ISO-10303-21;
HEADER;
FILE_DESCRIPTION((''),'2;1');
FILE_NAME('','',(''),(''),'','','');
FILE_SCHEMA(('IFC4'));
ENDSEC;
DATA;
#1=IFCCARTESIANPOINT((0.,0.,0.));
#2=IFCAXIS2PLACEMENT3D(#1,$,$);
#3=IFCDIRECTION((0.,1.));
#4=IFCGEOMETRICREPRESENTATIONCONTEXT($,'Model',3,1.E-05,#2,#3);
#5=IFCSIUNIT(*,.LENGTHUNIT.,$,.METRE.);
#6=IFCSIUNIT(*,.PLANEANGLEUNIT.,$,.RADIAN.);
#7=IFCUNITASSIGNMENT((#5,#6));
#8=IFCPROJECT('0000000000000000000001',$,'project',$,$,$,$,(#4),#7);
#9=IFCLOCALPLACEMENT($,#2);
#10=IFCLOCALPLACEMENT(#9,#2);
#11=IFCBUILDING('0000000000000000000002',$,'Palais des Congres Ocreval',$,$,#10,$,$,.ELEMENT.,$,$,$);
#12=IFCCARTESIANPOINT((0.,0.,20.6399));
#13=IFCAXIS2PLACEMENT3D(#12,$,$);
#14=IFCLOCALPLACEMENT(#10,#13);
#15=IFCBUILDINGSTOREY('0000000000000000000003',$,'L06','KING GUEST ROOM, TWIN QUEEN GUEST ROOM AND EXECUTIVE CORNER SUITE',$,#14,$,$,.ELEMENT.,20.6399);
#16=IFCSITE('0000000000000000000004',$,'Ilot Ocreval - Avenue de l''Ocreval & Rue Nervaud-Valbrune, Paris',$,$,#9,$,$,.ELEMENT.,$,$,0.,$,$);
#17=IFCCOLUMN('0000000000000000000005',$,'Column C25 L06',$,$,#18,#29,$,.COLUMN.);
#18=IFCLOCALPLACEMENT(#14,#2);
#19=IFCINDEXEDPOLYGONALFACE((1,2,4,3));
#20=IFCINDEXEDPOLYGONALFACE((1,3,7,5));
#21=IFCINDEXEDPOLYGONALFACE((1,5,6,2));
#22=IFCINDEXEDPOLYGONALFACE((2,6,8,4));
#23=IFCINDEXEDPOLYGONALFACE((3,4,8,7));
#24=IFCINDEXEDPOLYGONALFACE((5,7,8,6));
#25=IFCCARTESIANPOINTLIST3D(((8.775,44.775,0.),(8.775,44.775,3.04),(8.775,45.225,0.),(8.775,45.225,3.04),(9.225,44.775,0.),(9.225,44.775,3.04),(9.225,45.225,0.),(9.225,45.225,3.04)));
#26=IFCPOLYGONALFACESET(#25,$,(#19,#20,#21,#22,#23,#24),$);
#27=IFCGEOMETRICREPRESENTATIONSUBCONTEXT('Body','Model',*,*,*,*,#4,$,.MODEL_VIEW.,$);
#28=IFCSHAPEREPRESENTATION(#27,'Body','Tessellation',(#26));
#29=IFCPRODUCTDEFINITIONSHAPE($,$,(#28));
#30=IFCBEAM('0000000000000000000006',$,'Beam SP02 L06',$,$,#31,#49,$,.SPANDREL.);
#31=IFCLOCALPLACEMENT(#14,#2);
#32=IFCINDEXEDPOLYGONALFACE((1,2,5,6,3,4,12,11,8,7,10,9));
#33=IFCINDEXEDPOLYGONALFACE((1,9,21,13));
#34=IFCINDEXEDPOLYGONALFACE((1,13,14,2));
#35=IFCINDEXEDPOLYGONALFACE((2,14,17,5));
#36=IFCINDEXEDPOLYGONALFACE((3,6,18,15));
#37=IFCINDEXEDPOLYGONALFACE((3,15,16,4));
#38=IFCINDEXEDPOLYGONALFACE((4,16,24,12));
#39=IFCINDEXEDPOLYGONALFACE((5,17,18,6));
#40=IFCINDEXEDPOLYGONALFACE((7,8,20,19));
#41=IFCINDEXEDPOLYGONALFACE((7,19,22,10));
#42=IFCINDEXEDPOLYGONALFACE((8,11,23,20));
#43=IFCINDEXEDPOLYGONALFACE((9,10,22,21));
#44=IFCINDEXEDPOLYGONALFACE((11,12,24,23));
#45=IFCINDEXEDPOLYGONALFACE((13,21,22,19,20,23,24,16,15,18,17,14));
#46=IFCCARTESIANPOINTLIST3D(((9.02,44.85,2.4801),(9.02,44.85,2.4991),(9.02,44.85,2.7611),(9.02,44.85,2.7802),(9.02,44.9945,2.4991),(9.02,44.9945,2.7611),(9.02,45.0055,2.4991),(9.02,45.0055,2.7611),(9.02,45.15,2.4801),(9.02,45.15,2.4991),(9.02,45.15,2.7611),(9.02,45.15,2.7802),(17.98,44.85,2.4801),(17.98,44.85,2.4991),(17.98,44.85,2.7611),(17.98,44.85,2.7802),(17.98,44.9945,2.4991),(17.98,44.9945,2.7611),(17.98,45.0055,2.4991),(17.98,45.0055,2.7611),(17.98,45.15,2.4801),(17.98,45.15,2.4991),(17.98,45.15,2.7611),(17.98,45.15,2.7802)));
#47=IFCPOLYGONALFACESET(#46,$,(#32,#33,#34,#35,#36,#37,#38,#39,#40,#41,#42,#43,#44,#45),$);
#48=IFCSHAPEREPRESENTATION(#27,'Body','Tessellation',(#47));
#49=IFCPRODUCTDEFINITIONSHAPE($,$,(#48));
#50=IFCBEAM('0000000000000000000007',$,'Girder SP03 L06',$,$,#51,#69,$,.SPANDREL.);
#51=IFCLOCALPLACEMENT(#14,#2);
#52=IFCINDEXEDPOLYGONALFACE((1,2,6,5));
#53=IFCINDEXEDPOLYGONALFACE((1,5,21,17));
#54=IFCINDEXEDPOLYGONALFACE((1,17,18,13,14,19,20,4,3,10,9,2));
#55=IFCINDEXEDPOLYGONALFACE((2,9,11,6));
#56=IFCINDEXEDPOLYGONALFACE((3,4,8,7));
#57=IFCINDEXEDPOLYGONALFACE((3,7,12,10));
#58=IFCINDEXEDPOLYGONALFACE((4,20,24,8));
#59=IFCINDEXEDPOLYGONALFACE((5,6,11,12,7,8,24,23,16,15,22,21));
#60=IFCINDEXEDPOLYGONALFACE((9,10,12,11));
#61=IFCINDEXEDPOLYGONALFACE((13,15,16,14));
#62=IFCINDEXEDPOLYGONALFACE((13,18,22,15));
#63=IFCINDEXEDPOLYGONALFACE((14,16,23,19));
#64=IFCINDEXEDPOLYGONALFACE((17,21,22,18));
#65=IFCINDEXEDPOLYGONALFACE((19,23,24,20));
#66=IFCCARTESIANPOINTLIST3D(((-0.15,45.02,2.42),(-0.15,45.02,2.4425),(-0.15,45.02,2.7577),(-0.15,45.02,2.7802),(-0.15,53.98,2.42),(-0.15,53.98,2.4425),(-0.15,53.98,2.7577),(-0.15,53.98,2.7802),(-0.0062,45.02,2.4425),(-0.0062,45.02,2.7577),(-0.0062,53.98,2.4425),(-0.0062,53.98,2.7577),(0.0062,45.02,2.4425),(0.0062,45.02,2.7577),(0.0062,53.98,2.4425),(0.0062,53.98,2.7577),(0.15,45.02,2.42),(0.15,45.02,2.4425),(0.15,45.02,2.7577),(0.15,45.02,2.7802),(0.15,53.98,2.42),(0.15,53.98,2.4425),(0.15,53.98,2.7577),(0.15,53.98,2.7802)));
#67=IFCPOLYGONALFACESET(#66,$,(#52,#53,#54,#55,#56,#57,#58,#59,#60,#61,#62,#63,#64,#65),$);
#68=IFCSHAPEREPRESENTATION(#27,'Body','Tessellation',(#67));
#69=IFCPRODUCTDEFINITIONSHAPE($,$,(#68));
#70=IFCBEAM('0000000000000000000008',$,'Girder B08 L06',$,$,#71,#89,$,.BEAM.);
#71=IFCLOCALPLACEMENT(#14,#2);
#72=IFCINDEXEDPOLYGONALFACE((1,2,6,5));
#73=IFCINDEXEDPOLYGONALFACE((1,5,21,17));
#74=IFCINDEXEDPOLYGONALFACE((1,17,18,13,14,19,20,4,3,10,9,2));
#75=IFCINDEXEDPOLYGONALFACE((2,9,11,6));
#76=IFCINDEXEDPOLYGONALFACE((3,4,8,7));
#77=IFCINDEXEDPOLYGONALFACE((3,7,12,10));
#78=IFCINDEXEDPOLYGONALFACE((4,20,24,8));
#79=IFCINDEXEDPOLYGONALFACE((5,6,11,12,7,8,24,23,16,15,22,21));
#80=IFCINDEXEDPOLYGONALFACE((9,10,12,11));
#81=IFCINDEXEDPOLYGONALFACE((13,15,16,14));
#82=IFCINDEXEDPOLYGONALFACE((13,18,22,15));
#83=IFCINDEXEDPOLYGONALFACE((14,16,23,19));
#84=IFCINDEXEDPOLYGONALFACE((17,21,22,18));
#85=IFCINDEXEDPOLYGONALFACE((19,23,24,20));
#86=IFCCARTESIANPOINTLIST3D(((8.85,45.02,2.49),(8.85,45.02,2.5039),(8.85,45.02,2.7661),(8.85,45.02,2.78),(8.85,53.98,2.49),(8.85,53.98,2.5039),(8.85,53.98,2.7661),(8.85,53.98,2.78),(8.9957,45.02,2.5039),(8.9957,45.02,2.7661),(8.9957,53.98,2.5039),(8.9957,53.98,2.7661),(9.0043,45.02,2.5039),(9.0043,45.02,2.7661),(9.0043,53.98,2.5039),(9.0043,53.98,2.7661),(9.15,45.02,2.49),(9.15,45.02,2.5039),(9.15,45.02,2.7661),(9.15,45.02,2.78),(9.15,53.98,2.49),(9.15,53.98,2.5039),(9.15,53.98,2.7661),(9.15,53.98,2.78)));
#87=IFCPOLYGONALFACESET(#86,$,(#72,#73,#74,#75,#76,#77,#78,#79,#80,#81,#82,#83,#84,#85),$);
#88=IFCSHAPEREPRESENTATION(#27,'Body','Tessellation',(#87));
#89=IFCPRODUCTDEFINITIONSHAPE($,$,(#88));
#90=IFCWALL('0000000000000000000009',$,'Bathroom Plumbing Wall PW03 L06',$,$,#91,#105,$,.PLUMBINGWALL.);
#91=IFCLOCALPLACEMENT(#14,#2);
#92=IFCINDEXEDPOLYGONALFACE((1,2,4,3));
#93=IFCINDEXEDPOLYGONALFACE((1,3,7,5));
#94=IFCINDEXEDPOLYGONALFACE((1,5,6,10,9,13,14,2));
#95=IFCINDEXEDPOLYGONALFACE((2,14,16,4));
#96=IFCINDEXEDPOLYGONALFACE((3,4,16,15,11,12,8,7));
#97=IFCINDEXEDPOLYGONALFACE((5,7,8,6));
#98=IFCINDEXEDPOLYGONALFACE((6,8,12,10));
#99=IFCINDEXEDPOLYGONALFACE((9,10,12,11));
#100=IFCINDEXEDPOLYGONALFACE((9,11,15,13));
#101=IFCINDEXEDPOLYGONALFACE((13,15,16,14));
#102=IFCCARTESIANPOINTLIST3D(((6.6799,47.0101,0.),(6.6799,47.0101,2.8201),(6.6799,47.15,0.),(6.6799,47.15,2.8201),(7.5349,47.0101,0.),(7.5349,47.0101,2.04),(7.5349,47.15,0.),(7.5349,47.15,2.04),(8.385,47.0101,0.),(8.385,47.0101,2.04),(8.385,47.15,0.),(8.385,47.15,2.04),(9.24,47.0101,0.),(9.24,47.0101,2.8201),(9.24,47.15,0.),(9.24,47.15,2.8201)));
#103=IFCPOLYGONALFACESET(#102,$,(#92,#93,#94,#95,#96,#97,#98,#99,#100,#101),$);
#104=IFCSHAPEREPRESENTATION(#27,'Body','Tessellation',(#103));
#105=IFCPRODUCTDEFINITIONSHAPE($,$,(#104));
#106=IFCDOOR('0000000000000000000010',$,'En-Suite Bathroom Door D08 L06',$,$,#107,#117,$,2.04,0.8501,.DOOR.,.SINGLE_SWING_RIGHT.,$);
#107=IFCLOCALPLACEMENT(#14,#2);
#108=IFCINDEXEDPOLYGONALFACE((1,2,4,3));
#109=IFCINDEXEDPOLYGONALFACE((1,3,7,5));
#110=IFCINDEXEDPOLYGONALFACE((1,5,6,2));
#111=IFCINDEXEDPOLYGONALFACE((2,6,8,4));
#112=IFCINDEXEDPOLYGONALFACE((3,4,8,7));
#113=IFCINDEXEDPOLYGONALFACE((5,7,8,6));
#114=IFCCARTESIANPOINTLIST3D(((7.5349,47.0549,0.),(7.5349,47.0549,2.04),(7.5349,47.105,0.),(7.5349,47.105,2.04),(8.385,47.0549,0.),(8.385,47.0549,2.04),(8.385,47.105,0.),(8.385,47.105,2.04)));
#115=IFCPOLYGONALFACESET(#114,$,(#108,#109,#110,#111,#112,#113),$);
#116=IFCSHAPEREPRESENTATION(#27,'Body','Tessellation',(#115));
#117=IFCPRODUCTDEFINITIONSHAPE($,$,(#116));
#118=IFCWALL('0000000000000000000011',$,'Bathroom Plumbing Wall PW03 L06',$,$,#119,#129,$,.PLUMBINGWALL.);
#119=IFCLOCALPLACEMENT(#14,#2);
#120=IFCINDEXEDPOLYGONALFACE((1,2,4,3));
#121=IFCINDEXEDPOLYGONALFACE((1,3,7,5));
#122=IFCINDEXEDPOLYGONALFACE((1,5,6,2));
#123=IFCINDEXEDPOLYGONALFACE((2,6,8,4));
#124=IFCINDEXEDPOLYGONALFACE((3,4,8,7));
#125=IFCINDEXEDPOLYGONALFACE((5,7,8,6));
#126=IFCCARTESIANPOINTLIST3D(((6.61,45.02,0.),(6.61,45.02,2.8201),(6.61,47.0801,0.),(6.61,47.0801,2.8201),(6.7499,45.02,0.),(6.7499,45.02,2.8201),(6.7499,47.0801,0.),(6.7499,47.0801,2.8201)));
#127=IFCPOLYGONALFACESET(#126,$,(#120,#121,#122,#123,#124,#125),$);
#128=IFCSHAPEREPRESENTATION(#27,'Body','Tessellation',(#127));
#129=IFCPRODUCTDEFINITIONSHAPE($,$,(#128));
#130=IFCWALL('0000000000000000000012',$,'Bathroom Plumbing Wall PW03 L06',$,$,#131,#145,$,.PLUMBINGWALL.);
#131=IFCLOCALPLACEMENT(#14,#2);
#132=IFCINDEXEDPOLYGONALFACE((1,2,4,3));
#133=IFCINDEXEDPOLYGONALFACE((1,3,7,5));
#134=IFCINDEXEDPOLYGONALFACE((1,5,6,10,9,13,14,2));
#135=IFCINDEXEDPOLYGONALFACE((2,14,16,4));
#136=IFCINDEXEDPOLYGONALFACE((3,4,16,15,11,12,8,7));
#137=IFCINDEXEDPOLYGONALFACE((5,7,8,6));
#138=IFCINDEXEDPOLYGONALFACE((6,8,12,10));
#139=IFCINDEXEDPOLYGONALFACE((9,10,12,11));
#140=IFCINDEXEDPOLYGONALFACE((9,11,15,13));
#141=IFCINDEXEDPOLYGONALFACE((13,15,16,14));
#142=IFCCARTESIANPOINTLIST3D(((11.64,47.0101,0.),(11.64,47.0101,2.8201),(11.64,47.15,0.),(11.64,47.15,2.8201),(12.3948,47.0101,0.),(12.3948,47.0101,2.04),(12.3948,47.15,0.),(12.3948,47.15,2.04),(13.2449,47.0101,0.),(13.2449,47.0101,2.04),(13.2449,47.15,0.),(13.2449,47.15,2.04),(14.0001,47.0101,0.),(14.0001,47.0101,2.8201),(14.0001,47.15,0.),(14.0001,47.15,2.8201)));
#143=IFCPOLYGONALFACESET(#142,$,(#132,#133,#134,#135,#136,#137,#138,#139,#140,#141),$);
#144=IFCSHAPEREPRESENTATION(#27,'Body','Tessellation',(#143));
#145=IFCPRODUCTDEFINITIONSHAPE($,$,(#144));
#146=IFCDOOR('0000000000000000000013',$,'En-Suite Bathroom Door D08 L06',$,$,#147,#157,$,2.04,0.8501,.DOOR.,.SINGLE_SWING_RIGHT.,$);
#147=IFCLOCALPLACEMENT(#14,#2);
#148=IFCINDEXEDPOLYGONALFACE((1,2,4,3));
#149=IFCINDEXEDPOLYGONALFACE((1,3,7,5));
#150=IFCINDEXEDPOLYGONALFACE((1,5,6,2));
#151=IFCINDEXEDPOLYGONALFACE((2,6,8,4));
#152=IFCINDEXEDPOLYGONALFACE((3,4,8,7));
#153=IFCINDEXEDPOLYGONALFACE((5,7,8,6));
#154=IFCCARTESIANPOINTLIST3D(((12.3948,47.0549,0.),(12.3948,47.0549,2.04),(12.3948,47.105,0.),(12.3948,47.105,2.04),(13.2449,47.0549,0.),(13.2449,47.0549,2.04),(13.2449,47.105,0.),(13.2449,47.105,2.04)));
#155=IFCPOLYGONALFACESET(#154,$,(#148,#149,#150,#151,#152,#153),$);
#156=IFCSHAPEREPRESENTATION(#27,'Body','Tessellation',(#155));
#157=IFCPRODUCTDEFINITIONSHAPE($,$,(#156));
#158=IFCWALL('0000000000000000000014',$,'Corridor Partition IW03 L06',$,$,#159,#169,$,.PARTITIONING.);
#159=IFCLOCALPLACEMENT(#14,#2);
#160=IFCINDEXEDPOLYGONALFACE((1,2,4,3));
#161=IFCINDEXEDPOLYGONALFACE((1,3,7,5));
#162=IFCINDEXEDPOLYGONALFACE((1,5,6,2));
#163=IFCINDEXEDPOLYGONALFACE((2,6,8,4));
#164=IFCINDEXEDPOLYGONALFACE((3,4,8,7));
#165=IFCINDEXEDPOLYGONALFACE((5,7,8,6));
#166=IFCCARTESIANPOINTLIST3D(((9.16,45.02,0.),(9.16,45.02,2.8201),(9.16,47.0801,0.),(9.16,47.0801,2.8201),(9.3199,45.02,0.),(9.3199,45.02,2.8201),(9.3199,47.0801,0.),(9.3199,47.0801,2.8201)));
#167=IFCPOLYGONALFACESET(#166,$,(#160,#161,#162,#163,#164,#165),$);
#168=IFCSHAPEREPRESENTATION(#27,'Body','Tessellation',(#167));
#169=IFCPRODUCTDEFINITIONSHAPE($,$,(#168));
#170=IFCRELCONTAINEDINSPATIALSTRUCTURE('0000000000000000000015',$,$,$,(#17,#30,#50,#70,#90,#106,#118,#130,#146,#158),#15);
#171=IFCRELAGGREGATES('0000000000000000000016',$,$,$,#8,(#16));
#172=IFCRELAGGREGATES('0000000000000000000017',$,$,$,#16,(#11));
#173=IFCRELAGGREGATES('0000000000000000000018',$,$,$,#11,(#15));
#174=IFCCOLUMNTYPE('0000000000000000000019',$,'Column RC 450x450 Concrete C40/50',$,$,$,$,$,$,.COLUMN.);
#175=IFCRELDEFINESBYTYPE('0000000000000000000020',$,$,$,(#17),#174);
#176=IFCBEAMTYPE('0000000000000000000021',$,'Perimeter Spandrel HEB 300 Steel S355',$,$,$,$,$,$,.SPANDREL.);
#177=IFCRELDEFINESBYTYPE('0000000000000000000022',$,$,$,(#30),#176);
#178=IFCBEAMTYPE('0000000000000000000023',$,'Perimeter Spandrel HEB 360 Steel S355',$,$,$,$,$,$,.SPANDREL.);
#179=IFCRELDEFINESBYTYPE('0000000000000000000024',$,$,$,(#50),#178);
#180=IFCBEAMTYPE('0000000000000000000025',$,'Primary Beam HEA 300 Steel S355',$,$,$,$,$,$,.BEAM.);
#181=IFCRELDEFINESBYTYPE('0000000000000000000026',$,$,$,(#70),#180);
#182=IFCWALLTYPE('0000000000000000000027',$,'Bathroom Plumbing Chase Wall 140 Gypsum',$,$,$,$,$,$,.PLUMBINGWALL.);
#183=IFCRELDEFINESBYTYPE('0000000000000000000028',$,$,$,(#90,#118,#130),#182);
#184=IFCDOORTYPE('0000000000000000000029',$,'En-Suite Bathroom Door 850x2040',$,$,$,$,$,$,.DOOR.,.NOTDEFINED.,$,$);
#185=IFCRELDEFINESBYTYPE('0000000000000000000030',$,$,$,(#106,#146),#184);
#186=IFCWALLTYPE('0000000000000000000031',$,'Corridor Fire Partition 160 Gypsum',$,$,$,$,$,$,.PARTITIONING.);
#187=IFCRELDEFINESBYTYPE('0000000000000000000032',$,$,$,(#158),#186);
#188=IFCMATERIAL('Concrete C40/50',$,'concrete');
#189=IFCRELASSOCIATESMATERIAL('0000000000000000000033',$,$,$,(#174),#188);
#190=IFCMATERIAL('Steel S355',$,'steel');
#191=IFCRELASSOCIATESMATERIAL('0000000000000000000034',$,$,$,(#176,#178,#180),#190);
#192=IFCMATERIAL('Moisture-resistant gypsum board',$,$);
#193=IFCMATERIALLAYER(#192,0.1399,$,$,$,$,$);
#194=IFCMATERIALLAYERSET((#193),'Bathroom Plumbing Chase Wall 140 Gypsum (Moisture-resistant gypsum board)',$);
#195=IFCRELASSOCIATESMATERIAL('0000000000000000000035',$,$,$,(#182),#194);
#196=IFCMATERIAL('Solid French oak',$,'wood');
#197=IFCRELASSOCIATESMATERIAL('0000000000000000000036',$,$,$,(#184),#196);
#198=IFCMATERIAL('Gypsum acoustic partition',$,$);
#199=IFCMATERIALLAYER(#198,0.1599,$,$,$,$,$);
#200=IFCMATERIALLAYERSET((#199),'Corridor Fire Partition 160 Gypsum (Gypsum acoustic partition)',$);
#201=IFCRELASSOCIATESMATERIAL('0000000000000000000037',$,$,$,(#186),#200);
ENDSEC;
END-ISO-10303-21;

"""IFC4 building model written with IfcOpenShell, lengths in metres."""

from ifc_helpers import new_model, si_unit, direction, frame, frame_2d, origin, origin_2d, place, context, subcontext, project, spatial, rectangle, i_section, extrude, material, layer, layer_set, material_profile, profile_set, type_object, element, fill, save


model = new_model("IFC4")

# Units and contexts
model_context = context("Model", 3, precision=1e-05, world=origin(), true_north=direction((0.0, 1.0)))
body_context = subcontext(model_context, "Body", "Model", "MODEL_VIEW")
ifc_project = project(units=[si_unit("LENGTHUNIT", "METRE"), si_unit("PLANEANGLEUNIT", "RADIAN")], contexts=[model_context])

# Site, building, storey
site_placement = place(None, origin())
site = spatial("IfcSite", under=ifc_project, at=site_placement, Name="Ilot Ocreval - Avenue de l'Ocreval & Rue Nervaud-Valbrune, Paris", CompositionType="ELEMENT", RefElevation=0.0)
building_placement = place(site_placement, origin())
building = spatial("IfcBuilding", under=site, at=building_placement, Name="Palais des Congres Ocreval", CompositionType="ELEMENT")
storey_placement = place(building_placement, frame((0.0, 0.0, 20.6399)))
storey = spatial("IfcBuildingStorey", under=building, at=storey_placement, Name="L06", Description="KING GUEST ROOM, TWIN QUEEN GUEST ROOM AND EXECUTIVE CORNER SUITE", CompositionType="ELEMENT", Elevation=20.6399)

# Column
ifc_material_1 = material(Name="Concrete C40/50", Category="concrete")
ifc_material_profile_1 = material_profile(ifc_material_1, rectangle(XDim=0.45, YDim=0.45, at=origin_2d()), Name="RC 450x450")
ifc_profile_set_1 = profile_set([ifc_material_profile_1], Name="Concrete C40/50")
column_type = type_object("IfcColumnType", Name="Column RC 450x450 Concrete C40/50", PredefinedType="COLUMN", material=ifc_profile_set_1)
column_placement = place(storey_placement, frame((9.0, 45.0, 0.0), z_axis=(0.0, 0.0, 1.0), x_axis=(1.0, 0.0, 0.0)))
element("IfcColumn", 1, at=column_placement, inside=storey, type_object=column_type, Name="Column C25 L06", PredefinedType="COLUMN", context=body_context, shape_type="SweptSolid", body=[
    extrude(rectangle(XDim=0.45, YDim=0.45, at=origin_2d()), origin(), (0.0, 0.0, 1.0), 3.04),
])

# Beams
ifc_material_2 = material(Name="Steel S355", Category="steel")
ifc_material_profile_2 = material_profile(ifc_material_2, i_section(OverallWidth=0.3, OverallDepth=0.3, WebThickness=0.011, FlangeThickness=0.019, at=origin_2d()), Name="HEB 300")
ifc_profile_set_2 = profile_set([ifc_material_profile_2], Name="Steel S355")
beam_type_1 = type_object("IfcBeamType", Name="Perimeter Spandrel HEB 300 Steel S355", PredefinedType="SPANDREL", material=ifc_profile_set_2)
beam_1_placement = place(storey_placement, frame((9.02, 45.0, 2.6301), z_axis=(1.0, 0.0, 0.0), x_axis=(0.0, 1.0, 0.0)))
element("IfcBeam", 2, at=beam_1_placement, inside=storey, type_object=beam_type_1, Name="Beam SP02 L06", PredefinedType="SPANDREL", context=body_context, shape_type="SweptSolid", body=[
    extrude(i_section(OverallWidth=0.3, OverallDepth=0.3, WebThickness=0.011, FlangeThickness=0.019, at=origin_2d()), origin(), (0.0, 0.0, 1.0), 8.96),
])
ifc_material_profile_3 = material_profile(ifc_material_2, i_section(OverallWidth=0.3, OverallDepth=0.3601, WebThickness=0.0125, FlangeThickness=0.0225, at=origin_2d()), Name="HEB 360")
ifc_profile_set_3 = profile_set([ifc_material_profile_3], Name="Steel S355")
beam_type_2 = type_object("IfcBeamType", Name="Perimeter Spandrel HEB 360 Steel S355", PredefinedType="SPANDREL", material=ifc_profile_set_3)
beam_2_placement = place(storey_placement, frame((0.0, 45.02, 2.6001), z_axis=(0.0, 1.0, 0.0), x_axis=(-1.0, 0.0, 0.0)))
element("IfcBeam", 3, at=beam_2_placement, inside=storey, type_object=beam_type_2, Name="Girder SP03 L06", PredefinedType="SPANDREL", context=body_context, shape_type="SweptSolid", body=[
    extrude(i_section(OverallWidth=0.3, OverallDepth=0.3601, WebThickness=0.0125, FlangeThickness=0.0225, at=origin_2d()), origin(), (0.0, 0.0, 1.0), 8.96),
])
ifc_material_profile_4 = material_profile(ifc_material_2, i_section(OverallWidth=0.3, OverallDepth=0.29, WebThickness=0.0085, FlangeThickness=0.0139, at=origin_2d()), Name="HEA 300")
ifc_profile_set_4 = profile_set([ifc_material_profile_4], Name="Steel S355")
beam_type_3 = type_object("IfcBeamType", Name="Primary Beam HEA 300 Steel S355", PredefinedType="BEAM", material=ifc_profile_set_4)
beam_3_placement = place(storey_placement, frame((9.0, 45.02, 2.635), z_axis=(0.0, 1.0, 0.0), x_axis=(-1.0, 0.0, 0.0)))
element("IfcBeam", 4, at=beam_3_placement, inside=storey, type_object=beam_type_3, Name="Girder B08 L06", PredefinedType="BEAM", context=body_context, shape_type="SweptSolid", body=[
    extrude(i_section(OverallWidth=0.3, OverallDepth=0.29, WebThickness=0.0085, FlangeThickness=0.0139, at=origin_2d()), origin(), (0.0, 0.0, 1.0), 8.96),
])

# Wall, opening, door
ifc_material_3 = material(Name="Moisture-resistant gypsum board")
ifc_layer_1 = layer(ifc_material_3, 0.1399)
ifc_layer_set_1 = layer_set([ifc_layer_1], Name="Bathroom Plumbing Chase Wall 140 Gypsum (Moisture-resistant gypsum board)")
wall_type_1 = type_object("IfcWallType", Name="Bathroom Plumbing Chase Wall 140 Gypsum", PredefinedType="PLUMBINGWALL", material=ifc_layer_set_1)
wall_1_placement = place(storey_placement, frame((6.6799, 47.0801, 0.0), z_axis=(0.0, 0.0, 1.0), x_axis=(1.0, 0.0, 0.0)))
wall_1 = element("IfcWall", 5, at=wall_1_placement, inside=storey, type_object=wall_type_1, Name="Bathroom Plumbing Wall PW03 L06", PredefinedType="PLUMBINGWALL", context=body_context, shape_type="SweptSolid", body=[
    extrude(rectangle(XDim=2.5601, YDim=0.1399, at=frame_2d((1.28, 0.0))), origin(), (0.0, 0.0, 1.0), 2.8201),
])
opening_1_placement = place(wall_1_placement, frame((0.855, 0.0, 0.0)))
opening_1 = element("IfcOpeningElement", 6, at=opening_1_placement, cuts=wall_1, PredefinedType="OPENING", context=body_context, shape_type="SweptSolid", body=[
    extrude(rectangle(XDim=0.8501, YDim=2.04, at=frame_2d((0.425, 1.02))), frame((0.0, 0.0798, 0.0), z_axis=(0.0, -1.0, 0.0), x_axis=(1.0, 0.0, 0.0)), (0.0, 0.0, 1.0), 0.1599),
])
ifc_material_4 = material(Name="Solid French oak", Category="wood")
door_type_1 = type_object("IfcDoorType", Name="En-Suite Bathroom Door 850x2040", OperationType="NOTDEFINED", PredefinedType="DOOR", material=ifc_material_4)
door_1_placement = place(opening_1_placement, origin())
door_1 = element("IfcDoor", 7, at=door_1_placement, inside=storey, type_object=door_type_1, Name="En-Suite Bathroom Door D08 L06", OperationType="SINGLE_SWING_RIGHT", OverallHeight=2.04, OverallWidth=0.8501, PredefinedType="DOOR", context=body_context, shape_type="SweptSolid", body=[
    extrude(rectangle(XDim=0.8501, YDim=2.04, at=frame_2d((0.425, 1.02))), frame((0.0, 0.0249, 0.0), z_axis=(0.0, -1.0, 0.0), x_axis=(1.0, 0.0, 0.0)), (0.0, 0.0, 1.0), 0.05),
])
fill(opening_1, door_1)

# Wall
wall_2_placement = place(storey_placement, frame((6.6799, 45.02, 0.0), z_axis=(0.0, 0.0, 1.0), x_axis=(0.0, 1.0, 0.0)))
element("IfcWall", 8, at=wall_2_placement, inside=storey, type_object=wall_type_1, Name="Bathroom Plumbing Wall PW03 L06", PredefinedType="PLUMBINGWALL", context=body_context, shape_type="SweptSolid", body=[
    extrude(rectangle(XDim=2.0601, YDim=0.1399, at=frame_2d((1.03, 0.0))), origin(), (0.0, 0.0, 1.0), 2.8201),
])

# Wall, opening, door
wall_3_placement = place(storey_placement, frame((11.6399, 47.0801, 0.0), z_axis=(0.0, 0.0, 1.0), x_axis=(1.0, 0.0, 0.0)))
wall_3 = element("IfcWall", 9, at=wall_3_placement, inside=storey, type_object=wall_type_1, Name="Bathroom Plumbing Wall PW03 L06", PredefinedType="PLUMBINGWALL", context=body_context, shape_type="SweptSolid", body=[
    extrude(rectangle(XDim=2.3601, YDim=0.1399, at=frame_2d((1.1802, 0.0))), origin(), (0.0, 0.0, 1.0), 2.8201),
])
opening_2_placement = place(wall_3_placement, frame((0.7549, 0.0, 0.0)))
opening_2 = element("IfcOpeningElement", 10, at=opening_2_placement, cuts=wall_3, PredefinedType="OPENING", context=body_context, shape_type="SweptSolid", body=[
    extrude(rectangle(XDim=0.8501, YDim=2.04, at=frame_2d((0.425, 1.02))), frame((0.0, 0.0798, 0.0), z_axis=(0.0, -1.0, 0.0), x_axis=(1.0, 0.0, 0.0)), (0.0, 0.0, 1.0), 0.1599),
])
door_2_placement = place(opening_2_placement, origin())
door_2 = element("IfcDoor", 11, at=door_2_placement, inside=storey, type_object=door_type_1, Name="En-Suite Bathroom Door D08 L06", OperationType="SINGLE_SWING_RIGHT", OverallHeight=2.04, OverallWidth=0.8501, PredefinedType="DOOR", context=body_context, shape_type="SweptSolid", body=[
    extrude(rectangle(XDim=0.8501, YDim=2.04, at=frame_2d((0.425, 1.02))), frame((0.0, 0.0249, 0.0), z_axis=(0.0, -1.0, 0.0), x_axis=(1.0, 0.0, 0.0)), (0.0, 0.0, 1.0), 0.05),
])
fill(opening_2, door_2)

# Wall
ifc_material_5 = material(Name="Gypsum acoustic partition")
ifc_layer_2 = layer(ifc_material_5, 0.1599)
ifc_layer_set_2 = layer_set([ifc_layer_2], Name="Corridor Fire Partition 160 Gypsum (Gypsum acoustic partition)")
wall_type_2 = type_object("IfcWallType", Name="Corridor Fire Partition 160 Gypsum", PredefinedType="PARTITIONING", material=ifc_layer_set_2)
for number, where, z_axis, x_axis, name in (
    (12, (9.24, 45.02, 0.0), (0.0, 0.0, 1.0), (0.0, 1.0, 0.0), "Corridor Partition IW03 L06"),
):
    element("IfcWall", number, at=place(storey_placement, frame(where, z_axis=z_axis, x_axis=x_axis)), inside=storey, type_object=wall_type_2, Name=name, PredefinedType="PARTITIONING", context=body_context, shape_type="SweptSolid", body=[
        extrude(rectangle(XDim=2.0601, YDim=0.1599, at=frame_2d((1.03, 0.0))), origin(), (0.0, 0.0, 1.0), 2.8201),
    ])

save(model, "model.ifc")
